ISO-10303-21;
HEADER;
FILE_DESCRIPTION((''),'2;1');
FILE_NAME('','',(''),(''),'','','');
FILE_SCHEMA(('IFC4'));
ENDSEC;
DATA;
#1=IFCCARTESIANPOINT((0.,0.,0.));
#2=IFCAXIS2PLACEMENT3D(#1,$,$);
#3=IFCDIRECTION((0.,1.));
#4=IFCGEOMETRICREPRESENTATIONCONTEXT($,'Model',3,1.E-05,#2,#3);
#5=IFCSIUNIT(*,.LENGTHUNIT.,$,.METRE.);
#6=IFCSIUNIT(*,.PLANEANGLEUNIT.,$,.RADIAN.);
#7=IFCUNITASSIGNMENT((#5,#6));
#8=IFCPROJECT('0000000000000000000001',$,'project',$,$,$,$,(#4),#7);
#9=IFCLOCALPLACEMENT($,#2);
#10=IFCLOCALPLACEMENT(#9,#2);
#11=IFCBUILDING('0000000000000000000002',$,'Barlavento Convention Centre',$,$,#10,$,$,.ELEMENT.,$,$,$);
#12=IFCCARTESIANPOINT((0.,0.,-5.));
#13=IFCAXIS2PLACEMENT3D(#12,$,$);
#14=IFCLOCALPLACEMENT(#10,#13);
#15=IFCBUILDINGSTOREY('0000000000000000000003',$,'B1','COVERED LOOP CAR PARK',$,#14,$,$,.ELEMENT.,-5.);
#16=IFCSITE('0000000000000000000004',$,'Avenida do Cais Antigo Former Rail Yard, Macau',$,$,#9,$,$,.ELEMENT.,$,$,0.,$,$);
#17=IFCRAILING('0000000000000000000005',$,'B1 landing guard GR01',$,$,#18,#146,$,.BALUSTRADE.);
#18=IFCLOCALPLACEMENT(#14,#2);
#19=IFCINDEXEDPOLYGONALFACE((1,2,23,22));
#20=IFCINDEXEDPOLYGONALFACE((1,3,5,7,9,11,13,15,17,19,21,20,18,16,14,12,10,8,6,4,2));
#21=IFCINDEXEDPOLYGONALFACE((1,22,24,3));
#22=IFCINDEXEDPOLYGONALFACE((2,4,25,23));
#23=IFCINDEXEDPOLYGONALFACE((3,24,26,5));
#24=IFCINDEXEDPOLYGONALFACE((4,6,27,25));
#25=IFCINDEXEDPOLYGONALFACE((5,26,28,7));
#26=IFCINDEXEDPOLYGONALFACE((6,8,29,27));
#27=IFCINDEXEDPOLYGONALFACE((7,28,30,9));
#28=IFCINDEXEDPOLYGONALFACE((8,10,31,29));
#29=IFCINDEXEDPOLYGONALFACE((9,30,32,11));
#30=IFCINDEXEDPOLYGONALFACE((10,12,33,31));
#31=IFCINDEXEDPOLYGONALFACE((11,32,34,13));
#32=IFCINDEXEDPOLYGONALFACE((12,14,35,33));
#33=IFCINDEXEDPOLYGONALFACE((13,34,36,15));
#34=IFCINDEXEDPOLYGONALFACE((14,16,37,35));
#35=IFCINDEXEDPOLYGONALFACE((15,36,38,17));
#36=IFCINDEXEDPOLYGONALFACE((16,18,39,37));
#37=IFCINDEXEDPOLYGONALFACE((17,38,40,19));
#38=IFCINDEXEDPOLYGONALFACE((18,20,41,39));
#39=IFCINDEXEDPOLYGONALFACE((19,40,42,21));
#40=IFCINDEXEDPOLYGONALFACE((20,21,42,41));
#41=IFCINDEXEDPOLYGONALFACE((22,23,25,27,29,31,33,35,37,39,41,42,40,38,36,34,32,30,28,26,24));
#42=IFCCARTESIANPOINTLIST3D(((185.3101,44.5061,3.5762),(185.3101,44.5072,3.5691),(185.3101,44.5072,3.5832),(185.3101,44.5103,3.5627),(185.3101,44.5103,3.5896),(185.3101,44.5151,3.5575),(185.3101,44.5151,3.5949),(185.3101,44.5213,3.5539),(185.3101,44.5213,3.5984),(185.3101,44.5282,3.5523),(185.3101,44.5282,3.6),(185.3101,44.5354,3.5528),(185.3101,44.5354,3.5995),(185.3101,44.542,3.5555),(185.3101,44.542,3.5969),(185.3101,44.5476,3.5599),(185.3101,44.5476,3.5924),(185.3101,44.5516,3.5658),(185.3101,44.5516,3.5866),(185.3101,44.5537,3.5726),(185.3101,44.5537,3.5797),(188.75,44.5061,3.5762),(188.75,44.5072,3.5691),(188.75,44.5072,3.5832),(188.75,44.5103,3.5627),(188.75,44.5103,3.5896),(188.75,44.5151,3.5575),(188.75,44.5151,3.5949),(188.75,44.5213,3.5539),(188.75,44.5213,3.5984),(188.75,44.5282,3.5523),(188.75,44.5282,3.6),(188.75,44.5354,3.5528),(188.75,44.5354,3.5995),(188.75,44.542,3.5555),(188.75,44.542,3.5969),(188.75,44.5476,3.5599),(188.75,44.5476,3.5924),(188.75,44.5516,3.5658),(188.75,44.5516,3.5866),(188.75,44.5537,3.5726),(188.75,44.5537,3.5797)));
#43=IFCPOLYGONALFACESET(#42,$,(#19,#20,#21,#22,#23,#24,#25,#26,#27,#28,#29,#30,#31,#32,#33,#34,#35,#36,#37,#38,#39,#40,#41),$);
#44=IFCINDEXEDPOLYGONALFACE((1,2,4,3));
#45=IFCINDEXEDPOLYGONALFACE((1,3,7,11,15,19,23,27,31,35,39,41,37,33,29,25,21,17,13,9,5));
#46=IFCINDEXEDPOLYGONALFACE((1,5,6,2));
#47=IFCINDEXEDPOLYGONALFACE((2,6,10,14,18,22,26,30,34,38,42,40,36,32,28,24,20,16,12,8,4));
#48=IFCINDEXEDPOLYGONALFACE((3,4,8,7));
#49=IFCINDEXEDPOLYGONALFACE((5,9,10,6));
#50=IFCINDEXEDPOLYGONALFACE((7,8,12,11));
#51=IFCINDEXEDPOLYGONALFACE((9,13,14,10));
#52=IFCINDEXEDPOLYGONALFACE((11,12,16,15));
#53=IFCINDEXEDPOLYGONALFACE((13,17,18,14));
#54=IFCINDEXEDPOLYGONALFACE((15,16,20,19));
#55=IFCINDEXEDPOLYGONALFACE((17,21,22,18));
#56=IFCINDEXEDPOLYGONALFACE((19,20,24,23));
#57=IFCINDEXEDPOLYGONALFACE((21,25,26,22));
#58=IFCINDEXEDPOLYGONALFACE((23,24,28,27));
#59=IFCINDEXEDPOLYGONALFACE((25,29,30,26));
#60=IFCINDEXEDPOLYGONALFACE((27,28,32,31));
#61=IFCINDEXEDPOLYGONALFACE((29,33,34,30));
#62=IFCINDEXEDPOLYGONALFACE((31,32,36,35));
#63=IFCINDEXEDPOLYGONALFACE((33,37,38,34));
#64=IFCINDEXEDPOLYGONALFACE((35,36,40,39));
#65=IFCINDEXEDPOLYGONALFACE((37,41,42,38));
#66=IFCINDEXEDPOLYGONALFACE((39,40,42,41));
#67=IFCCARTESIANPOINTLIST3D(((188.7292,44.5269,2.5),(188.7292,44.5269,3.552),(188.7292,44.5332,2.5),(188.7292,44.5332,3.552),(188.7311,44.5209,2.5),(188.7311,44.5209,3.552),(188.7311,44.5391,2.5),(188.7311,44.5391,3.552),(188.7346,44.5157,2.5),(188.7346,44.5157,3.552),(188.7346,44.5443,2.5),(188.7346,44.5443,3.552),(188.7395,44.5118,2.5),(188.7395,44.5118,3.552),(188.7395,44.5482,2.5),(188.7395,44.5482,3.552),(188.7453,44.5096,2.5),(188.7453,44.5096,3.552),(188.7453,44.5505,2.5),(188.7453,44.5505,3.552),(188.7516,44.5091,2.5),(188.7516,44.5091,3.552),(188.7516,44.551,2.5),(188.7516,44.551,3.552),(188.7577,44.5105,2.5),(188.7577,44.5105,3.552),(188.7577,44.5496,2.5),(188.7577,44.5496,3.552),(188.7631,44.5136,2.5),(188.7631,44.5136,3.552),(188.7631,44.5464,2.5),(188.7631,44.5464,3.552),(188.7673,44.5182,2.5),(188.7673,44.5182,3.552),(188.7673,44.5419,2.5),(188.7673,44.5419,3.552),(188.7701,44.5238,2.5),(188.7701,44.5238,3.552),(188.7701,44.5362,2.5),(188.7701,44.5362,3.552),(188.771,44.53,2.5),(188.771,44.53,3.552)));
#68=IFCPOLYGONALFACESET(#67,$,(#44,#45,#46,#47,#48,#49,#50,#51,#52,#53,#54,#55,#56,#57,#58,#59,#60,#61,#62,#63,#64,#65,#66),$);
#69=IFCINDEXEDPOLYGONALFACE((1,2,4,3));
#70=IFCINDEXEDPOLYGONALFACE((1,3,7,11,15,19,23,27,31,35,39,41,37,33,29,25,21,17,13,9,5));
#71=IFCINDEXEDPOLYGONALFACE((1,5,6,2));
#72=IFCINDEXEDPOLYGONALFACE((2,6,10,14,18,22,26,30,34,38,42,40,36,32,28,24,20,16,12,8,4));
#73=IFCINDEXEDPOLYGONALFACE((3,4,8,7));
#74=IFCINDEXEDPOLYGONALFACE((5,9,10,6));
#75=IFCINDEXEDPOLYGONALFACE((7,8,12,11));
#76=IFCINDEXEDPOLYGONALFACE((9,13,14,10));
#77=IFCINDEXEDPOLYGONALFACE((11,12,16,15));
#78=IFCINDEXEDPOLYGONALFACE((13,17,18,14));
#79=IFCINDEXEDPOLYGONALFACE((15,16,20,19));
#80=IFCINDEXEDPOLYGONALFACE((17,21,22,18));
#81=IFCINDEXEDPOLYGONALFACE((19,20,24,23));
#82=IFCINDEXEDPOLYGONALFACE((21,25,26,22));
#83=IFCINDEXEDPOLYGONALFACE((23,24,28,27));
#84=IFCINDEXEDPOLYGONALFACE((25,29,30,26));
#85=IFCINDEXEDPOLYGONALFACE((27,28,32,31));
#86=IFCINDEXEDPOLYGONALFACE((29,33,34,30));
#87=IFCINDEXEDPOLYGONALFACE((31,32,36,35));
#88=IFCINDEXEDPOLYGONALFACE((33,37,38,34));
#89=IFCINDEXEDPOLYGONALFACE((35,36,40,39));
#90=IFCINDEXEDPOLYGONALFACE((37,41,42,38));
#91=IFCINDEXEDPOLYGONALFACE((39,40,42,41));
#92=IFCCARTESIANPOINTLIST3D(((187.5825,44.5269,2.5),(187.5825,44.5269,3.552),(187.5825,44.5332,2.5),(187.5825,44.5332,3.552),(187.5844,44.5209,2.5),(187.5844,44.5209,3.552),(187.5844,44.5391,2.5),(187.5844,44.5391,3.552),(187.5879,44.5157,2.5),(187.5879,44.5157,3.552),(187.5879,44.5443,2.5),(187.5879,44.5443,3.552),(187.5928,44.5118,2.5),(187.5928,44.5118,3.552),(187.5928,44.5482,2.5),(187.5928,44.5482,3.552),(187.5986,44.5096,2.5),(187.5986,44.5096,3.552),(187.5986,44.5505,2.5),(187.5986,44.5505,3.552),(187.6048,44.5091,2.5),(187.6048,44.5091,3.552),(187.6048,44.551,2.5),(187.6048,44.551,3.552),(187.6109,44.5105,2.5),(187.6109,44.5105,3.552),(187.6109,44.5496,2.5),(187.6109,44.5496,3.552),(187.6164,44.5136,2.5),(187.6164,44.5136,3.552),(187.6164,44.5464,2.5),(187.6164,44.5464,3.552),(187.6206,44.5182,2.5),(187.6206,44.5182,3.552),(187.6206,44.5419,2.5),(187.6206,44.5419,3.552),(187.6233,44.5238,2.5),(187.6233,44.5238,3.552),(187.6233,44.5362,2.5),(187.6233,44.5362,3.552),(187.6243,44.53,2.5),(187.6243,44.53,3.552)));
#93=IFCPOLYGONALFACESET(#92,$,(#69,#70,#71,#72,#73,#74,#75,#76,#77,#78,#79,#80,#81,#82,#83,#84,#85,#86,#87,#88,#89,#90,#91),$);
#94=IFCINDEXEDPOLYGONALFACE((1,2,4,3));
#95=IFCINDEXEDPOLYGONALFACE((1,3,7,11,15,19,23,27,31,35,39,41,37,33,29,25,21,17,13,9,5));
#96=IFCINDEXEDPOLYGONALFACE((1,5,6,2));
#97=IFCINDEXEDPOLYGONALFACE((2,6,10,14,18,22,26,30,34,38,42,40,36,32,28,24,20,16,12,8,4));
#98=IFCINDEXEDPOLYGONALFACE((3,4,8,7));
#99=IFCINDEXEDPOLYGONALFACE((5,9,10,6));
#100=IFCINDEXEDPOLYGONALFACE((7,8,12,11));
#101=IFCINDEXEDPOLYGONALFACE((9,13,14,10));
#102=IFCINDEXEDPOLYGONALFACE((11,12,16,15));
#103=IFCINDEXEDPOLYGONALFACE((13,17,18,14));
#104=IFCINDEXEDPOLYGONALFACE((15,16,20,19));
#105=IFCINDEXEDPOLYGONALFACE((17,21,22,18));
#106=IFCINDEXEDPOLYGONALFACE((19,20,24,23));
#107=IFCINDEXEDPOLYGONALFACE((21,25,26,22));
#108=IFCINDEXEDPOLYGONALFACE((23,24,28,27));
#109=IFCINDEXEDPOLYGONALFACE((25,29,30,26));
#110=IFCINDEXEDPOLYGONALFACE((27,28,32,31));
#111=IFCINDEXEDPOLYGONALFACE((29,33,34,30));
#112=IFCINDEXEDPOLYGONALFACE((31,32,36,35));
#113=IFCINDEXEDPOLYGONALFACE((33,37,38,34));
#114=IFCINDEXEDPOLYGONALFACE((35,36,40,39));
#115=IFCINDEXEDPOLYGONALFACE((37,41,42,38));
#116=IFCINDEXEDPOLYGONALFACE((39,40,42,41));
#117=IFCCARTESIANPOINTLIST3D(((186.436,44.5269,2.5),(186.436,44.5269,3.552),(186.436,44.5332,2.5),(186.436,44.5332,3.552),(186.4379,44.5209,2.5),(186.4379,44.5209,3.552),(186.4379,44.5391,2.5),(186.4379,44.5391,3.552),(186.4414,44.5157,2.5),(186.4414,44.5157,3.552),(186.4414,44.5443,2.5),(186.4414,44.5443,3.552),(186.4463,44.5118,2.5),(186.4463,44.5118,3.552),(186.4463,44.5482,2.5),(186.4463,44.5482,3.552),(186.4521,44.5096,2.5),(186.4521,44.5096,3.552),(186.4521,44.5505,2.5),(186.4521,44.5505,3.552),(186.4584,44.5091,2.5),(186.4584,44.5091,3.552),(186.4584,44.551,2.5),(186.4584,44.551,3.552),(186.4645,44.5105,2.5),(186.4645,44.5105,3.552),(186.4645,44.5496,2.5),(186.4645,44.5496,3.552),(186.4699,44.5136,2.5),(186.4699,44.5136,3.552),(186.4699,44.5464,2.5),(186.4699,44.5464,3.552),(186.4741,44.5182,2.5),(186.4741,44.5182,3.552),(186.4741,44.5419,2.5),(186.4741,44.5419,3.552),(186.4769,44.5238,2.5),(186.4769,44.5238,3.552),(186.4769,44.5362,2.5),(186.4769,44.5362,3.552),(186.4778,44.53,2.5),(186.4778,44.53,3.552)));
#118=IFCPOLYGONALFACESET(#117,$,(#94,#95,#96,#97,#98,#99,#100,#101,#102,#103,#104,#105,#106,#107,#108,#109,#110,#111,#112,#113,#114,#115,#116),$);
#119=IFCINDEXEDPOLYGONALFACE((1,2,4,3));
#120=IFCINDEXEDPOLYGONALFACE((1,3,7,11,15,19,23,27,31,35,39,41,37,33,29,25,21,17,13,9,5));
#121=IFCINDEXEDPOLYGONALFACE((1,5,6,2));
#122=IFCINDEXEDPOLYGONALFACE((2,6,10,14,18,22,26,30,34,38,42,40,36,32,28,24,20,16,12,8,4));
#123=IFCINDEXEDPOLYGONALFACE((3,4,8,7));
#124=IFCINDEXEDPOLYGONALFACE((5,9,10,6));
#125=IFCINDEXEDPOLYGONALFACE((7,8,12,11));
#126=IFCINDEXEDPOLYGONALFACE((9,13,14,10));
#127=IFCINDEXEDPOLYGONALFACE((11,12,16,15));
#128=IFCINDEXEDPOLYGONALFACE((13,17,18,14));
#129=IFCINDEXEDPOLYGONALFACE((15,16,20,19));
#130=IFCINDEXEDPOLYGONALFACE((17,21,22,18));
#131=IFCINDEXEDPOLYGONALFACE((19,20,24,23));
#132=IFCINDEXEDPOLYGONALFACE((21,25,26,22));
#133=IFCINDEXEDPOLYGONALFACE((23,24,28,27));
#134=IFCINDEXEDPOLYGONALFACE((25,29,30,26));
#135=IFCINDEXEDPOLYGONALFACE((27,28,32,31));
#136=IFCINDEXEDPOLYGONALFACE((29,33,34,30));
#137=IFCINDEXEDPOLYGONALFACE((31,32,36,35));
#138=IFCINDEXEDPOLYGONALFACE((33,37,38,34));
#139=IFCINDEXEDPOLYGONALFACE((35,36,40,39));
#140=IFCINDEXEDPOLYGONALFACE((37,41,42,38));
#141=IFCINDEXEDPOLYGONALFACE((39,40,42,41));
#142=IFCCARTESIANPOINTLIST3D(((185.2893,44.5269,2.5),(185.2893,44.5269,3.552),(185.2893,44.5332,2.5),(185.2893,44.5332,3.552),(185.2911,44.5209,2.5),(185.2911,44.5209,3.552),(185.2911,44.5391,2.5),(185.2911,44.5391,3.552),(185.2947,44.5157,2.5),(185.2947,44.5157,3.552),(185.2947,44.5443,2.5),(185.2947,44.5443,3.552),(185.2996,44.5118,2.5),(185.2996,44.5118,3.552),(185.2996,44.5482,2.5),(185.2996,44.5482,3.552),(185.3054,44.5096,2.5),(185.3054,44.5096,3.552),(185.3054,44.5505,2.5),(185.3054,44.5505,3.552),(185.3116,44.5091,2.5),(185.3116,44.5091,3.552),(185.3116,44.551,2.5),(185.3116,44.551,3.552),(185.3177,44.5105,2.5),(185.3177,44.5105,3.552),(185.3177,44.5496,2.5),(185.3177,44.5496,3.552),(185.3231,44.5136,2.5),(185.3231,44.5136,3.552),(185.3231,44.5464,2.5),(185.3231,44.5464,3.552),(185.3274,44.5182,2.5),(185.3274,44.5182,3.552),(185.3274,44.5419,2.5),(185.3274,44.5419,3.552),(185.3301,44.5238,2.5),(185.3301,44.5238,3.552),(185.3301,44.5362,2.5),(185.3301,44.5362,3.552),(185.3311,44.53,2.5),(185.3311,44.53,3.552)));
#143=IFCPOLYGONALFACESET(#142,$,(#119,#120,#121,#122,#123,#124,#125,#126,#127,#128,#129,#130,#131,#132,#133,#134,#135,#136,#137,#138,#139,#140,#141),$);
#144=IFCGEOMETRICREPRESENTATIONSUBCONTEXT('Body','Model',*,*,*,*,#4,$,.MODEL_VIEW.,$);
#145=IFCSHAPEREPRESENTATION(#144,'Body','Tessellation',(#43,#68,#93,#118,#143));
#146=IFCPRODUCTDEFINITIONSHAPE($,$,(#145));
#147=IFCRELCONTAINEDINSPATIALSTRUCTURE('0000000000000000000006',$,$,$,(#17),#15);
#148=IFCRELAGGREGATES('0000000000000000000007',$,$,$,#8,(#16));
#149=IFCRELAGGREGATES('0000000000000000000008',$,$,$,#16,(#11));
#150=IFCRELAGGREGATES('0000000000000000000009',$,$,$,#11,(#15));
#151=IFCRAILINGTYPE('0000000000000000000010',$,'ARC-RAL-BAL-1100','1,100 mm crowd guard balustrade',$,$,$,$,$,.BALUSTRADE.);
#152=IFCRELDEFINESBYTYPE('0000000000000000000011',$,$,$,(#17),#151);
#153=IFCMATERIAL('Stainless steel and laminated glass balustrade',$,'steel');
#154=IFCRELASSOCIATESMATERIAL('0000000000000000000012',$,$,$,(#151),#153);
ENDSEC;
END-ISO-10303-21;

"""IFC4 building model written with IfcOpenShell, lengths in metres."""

from ifc_helpers import new_model, si_unit, direction, frame, origin, origin_2d, place, context, subcontext, project, spatial, circle, extrude, material, type_object, element, save


model = new_model("IFC4")

# Units and contexts
model_context = context("Model", 3, precision=1e-05, world=origin(), true_north=direction((0.0, 1.0)))
body_context = subcontext(model_context, "Body", "Model", "MODEL_VIEW")
ifc_project = project(units=[si_unit("LENGTHUNIT", "METRE"), si_unit("PLANEANGLEUNIT", "RADIAN")], contexts=[model_context])

# Site, building, storey
site_placement = place(None, origin())
site = spatial("IfcSite", under=ifc_project, at=site_placement, Name="Avenida do Cais Antigo Former Rail Yard, Macau", CompositionType="ELEMENT", RefElevation=0.0)
building_placement = place(site_placement, origin())
building = spatial("IfcBuilding", under=site, at=building_placement, Name="Barlavento Convention Centre", CompositionType="ELEMENT")
storey_placement = place(building_placement, frame((0.0, 0.0, -5.0)))
storey = spatial("IfcBuildingStorey", under=building, at=storey_placement, Name="B1", Description="COVERED LOOP CAR PARK", CompositionType="ELEMENT", Elevation=-5.0)

# Railing
ifc_material_1 = material(Name="Stainless steel and laminated glass balustrade", Category="steel")
railing_type_1 = type_object("IfcRailingType", Name="ARC-RAL-BAL-1100", Description="1,100 mm crowd guard balustrade", PredefinedType="BALUSTRADE", material=ifc_material_1)
railing_1_placement = place(storey_placement, frame((188.75, 44.53, 2.5)))
element("IfcRailing", 1, at=railing_1_placement, inside=storey, type_object=railing_type_1, Name="B1 landing guard GR01", PredefinedType="BALUSTRADE", context=body_context, shape_type="SweptSolid", body=[
    extrude(circle(Radius=0.0239, at=origin_2d()), frame((0.0, 0.0, 1.0762), z_axis=(-1.0, 0.0, 0.0), x_axis=(0.0, -1.0, 0.0)), (0.0, 0.0, 1.0), 3.4399),
    extrude(circle(Radius=0.021, at=origin_2d()), origin(), (0.0, 0.0, 1.0), 1.052),
    extrude(circle(Radius=0.021, at=origin_2d()), frame((-1.1467, 0.0, 0.0)), (0.0, 0.0, 1.0), 1.052),
    extrude(circle(Radius=0.021, at=origin_2d()), frame((-2.2932, 0.0, 0.0)), (0.0, 0.0, 1.0), 1.052),
    extrude(circle(Radius=0.021, at=origin_2d()), frame((-3.4399, 0.0, 0.0)), (0.0, 0.0, 1.0), 1.052),
])

save(model, "model.ifc")
